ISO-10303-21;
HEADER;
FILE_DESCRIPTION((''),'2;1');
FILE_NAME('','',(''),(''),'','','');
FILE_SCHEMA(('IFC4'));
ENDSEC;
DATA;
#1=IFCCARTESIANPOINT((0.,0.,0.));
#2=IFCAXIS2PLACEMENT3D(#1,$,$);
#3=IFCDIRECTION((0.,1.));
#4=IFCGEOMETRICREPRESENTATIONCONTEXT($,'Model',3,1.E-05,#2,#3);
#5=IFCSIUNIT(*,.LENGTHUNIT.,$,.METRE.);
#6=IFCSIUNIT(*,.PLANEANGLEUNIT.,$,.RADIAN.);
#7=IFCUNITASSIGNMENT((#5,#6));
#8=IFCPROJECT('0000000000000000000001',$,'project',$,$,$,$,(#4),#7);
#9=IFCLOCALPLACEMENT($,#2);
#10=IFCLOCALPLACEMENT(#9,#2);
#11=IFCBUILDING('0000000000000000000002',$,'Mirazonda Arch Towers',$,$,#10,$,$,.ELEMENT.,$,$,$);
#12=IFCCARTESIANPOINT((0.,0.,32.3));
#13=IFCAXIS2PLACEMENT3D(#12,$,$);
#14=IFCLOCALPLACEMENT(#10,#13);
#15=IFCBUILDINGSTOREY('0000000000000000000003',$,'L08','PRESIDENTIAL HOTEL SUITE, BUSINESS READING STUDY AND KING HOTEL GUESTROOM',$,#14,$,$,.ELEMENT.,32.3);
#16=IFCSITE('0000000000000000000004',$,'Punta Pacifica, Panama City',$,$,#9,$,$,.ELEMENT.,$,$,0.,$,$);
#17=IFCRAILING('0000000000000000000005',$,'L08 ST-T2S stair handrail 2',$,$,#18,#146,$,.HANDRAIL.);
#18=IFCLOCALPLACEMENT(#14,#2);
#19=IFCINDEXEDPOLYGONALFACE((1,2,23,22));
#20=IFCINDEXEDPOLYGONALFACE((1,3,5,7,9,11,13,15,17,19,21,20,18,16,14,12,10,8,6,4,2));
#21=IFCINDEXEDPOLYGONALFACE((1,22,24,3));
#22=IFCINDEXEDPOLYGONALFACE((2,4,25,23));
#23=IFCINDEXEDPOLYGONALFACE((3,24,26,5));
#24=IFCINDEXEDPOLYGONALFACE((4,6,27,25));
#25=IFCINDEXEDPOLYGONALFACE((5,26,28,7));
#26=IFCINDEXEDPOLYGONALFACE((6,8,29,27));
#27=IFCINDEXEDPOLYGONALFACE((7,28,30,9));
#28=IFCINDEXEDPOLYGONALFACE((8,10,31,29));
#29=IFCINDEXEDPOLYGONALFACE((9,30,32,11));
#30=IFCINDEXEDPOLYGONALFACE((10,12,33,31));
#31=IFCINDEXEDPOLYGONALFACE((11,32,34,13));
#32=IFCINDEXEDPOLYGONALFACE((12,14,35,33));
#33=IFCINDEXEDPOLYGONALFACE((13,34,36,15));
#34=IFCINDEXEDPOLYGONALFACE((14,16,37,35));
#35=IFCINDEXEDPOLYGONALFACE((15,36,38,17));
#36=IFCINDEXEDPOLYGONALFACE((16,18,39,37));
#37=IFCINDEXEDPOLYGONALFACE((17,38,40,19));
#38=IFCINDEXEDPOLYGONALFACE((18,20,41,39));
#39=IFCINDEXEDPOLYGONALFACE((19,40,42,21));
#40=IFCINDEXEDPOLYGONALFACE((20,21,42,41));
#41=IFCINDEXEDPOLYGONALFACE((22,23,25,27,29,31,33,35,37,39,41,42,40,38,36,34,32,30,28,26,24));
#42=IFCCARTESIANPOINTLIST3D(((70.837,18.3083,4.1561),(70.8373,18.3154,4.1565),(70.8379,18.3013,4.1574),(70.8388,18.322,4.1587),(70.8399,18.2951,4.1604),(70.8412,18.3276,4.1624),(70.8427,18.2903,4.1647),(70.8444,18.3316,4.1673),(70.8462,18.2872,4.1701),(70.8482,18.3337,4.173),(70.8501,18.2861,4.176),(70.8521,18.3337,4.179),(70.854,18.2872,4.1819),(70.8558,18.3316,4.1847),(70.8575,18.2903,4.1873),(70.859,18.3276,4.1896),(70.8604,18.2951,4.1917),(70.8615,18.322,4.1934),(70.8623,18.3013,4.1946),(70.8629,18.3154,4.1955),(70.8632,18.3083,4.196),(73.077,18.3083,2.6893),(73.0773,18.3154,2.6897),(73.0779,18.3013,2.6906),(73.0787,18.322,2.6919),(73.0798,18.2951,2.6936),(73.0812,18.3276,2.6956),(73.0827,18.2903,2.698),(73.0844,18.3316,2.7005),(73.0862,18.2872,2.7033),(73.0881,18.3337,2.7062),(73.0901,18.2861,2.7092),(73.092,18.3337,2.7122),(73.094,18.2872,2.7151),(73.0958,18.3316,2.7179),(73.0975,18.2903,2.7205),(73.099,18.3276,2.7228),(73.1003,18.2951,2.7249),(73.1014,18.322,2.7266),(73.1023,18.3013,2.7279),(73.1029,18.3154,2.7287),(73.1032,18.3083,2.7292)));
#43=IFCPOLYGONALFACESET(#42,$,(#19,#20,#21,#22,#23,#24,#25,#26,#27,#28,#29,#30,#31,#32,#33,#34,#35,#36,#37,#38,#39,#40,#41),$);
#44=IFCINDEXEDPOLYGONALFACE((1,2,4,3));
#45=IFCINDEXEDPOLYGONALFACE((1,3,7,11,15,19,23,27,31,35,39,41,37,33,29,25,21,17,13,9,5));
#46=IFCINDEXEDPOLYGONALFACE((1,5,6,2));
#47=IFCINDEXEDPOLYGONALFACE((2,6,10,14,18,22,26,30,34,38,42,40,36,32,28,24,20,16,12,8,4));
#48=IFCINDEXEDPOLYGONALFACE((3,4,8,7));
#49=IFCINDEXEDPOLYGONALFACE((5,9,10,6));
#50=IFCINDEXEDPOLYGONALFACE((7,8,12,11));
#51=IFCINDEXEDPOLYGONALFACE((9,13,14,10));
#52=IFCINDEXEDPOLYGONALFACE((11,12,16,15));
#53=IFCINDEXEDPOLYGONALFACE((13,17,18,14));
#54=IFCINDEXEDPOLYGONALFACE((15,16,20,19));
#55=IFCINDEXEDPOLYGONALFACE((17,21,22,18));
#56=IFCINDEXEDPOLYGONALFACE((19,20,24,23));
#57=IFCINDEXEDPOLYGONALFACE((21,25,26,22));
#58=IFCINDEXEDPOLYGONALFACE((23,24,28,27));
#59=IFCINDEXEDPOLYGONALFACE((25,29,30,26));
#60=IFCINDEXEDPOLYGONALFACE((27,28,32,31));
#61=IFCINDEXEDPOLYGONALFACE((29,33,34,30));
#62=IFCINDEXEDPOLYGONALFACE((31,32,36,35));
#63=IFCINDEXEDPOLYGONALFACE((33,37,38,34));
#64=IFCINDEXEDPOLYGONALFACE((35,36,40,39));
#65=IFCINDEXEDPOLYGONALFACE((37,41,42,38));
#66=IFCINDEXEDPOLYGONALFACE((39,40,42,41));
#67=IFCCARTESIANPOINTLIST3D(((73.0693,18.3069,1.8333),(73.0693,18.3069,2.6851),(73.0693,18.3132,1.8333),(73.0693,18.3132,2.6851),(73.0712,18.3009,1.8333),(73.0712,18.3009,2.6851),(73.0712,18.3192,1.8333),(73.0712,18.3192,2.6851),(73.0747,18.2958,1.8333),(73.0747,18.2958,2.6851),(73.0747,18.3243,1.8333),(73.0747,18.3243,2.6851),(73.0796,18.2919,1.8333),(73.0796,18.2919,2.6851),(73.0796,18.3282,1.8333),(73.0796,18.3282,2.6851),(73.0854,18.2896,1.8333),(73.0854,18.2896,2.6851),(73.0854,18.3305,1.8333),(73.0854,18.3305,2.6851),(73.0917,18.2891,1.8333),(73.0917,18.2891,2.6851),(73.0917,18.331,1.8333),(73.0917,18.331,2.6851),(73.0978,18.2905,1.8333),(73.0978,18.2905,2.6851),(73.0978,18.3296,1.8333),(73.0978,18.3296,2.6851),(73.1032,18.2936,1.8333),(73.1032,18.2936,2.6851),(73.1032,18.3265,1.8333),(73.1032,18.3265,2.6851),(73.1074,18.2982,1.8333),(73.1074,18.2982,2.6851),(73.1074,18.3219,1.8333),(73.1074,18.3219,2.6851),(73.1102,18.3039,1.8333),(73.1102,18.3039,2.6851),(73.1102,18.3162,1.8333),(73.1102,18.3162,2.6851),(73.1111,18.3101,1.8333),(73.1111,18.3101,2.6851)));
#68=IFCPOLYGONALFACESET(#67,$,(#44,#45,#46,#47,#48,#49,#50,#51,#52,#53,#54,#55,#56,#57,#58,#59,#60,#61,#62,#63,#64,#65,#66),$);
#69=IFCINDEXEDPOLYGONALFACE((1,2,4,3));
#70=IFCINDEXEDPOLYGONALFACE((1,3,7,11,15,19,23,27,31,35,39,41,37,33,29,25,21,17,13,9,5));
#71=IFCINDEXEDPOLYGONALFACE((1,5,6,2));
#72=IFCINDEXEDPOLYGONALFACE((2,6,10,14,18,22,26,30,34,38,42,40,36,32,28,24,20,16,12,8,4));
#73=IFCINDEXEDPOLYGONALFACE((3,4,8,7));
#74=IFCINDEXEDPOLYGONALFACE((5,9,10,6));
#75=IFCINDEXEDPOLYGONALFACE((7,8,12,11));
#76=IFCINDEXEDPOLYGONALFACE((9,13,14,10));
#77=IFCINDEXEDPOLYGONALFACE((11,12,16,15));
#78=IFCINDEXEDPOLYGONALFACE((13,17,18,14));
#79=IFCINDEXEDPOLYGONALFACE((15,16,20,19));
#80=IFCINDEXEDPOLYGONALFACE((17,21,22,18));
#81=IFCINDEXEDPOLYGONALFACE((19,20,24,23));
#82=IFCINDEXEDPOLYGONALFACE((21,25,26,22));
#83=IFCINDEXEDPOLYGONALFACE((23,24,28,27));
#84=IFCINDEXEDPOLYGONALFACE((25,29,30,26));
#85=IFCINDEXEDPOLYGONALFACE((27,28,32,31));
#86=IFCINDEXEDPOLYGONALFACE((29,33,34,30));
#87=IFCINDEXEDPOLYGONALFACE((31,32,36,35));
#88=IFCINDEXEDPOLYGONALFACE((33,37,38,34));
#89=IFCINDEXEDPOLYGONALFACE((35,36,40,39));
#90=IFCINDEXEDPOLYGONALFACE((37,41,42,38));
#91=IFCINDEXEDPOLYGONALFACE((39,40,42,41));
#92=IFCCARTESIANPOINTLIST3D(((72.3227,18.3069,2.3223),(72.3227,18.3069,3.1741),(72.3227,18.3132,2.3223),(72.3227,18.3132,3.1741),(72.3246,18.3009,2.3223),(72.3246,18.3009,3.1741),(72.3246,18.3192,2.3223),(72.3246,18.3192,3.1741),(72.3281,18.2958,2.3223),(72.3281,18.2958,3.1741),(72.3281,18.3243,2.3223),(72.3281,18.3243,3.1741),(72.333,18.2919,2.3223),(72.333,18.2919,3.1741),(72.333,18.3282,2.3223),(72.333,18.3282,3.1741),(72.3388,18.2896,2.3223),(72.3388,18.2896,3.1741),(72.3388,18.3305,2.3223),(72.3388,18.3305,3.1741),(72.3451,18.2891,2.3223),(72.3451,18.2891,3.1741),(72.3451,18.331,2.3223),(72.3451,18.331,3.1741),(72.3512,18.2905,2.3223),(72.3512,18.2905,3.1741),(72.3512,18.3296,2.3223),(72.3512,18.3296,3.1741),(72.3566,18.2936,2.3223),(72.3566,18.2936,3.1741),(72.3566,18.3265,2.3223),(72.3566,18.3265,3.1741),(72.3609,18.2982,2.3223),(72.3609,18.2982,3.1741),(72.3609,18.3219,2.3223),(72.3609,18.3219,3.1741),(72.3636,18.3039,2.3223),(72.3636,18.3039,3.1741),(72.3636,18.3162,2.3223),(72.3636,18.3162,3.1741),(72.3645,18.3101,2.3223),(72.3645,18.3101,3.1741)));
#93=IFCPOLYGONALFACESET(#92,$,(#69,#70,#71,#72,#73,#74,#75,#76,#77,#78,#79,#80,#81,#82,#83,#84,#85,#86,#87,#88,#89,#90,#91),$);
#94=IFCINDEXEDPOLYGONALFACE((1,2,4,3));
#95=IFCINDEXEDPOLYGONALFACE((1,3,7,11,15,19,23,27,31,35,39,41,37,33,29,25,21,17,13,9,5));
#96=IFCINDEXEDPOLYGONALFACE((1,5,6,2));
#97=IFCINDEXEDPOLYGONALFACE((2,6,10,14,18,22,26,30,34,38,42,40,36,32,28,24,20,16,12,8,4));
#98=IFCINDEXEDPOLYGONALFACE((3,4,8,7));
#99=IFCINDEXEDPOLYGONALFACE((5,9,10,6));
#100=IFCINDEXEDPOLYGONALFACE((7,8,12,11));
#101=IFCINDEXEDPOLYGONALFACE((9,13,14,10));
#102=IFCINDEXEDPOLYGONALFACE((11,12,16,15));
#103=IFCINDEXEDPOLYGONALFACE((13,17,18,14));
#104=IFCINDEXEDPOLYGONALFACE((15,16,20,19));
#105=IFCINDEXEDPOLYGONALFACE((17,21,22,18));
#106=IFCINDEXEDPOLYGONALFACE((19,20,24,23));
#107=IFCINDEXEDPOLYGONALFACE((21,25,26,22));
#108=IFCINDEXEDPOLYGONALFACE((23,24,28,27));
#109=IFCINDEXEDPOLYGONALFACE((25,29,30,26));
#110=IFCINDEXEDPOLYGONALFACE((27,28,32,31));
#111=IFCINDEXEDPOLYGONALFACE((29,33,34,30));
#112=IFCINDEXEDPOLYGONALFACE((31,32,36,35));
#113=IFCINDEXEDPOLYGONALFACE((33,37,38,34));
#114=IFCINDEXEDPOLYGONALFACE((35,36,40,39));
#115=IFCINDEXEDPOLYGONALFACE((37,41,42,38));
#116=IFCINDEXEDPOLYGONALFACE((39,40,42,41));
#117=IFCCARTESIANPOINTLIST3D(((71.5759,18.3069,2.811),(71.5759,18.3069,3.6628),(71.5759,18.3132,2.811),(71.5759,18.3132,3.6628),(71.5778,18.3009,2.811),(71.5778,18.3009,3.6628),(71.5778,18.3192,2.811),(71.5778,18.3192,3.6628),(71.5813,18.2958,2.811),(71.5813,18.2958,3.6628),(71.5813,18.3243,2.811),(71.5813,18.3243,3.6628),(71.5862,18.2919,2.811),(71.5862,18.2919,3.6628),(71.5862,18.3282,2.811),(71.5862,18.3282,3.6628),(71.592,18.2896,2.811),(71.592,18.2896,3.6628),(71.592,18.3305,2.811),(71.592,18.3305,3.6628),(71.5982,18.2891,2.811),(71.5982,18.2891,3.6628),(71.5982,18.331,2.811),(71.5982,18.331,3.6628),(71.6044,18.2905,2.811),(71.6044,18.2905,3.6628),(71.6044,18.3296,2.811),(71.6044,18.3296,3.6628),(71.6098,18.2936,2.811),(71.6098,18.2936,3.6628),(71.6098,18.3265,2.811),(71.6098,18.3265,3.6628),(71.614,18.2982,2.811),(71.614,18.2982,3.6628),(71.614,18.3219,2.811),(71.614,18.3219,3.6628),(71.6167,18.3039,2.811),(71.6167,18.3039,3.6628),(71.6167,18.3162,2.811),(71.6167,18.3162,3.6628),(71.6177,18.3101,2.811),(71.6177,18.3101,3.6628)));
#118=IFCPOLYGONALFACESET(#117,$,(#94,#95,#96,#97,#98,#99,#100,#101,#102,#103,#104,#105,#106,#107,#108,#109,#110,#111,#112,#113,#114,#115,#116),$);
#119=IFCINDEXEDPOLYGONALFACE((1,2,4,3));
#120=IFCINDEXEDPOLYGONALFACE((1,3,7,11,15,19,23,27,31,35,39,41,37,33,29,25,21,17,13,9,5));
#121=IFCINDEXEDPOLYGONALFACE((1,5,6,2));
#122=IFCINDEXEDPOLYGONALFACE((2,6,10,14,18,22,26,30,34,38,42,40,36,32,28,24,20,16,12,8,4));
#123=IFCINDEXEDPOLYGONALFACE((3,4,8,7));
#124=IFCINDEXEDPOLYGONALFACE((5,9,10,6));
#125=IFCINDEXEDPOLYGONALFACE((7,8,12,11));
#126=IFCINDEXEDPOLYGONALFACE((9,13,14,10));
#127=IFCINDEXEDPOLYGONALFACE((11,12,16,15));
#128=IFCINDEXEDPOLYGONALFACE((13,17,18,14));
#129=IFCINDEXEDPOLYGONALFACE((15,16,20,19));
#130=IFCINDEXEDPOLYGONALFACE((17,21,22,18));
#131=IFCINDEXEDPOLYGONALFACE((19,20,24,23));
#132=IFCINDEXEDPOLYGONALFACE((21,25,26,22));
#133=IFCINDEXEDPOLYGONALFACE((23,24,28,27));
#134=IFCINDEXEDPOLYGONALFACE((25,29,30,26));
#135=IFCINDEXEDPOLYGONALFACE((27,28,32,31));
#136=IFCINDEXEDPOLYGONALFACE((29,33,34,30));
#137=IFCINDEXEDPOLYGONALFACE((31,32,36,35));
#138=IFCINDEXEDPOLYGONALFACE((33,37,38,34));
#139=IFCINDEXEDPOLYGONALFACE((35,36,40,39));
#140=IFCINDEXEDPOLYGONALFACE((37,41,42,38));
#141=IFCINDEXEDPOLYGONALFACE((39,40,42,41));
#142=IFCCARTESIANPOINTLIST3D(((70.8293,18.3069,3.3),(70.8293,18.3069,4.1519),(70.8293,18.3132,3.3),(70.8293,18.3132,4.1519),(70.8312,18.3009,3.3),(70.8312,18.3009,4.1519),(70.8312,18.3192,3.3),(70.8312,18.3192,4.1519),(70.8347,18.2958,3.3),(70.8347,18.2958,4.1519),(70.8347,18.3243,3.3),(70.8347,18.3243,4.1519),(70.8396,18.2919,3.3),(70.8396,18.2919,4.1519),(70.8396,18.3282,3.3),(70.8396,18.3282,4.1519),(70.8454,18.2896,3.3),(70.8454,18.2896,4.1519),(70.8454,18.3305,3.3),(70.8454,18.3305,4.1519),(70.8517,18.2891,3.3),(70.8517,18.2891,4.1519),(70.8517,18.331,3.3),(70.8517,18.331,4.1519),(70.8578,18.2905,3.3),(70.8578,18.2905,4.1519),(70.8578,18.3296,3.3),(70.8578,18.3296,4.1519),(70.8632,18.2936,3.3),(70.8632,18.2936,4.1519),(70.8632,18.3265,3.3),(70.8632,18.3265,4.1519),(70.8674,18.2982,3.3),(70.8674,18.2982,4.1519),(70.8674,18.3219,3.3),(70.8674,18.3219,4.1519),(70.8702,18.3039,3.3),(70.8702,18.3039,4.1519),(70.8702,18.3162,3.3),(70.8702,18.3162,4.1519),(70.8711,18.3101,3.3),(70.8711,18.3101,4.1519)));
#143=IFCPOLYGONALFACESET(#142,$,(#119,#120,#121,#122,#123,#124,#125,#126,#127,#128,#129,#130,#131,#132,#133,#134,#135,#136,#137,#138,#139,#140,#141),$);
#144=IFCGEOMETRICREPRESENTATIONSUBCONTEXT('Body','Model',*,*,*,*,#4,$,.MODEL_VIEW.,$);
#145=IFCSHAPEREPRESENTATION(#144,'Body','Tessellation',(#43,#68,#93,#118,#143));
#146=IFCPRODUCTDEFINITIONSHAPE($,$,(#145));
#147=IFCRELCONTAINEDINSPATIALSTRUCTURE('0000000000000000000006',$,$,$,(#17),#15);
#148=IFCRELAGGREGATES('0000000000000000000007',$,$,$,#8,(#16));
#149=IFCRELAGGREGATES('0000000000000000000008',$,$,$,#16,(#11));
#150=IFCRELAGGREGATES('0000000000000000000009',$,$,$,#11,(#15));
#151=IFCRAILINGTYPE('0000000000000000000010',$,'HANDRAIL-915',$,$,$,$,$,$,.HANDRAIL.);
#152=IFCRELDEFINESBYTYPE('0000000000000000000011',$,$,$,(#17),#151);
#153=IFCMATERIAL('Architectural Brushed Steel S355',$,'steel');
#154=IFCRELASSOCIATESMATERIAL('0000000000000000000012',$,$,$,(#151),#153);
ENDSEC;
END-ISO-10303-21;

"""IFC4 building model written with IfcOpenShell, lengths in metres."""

from ifc_helpers import new_model, si_unit, direction, frame, origin, origin_2d, place, context, subcontext, project, spatial, circle, extrude, material, type_object, element, save


model = new_model("IFC4")

# Units and contexts
model_context = context("Model", 3, precision=1e-05, world=origin(), true_north=direction((0.0, 1.0)))
body_context = subcontext(model_context, "Body", "Model", "MODEL_VIEW")
ifc_project = project(units=[si_unit("LENGTHUNIT", "METRE"), si_unit("PLANEANGLEUNIT", "RADIAN")], contexts=[model_context])

# Site, building, storey
site_placement = place(None, origin())
site = spatial("IfcSite", under=ifc_project, at=site_placement, Name="Punta Pacifica, Panama City", CompositionType="ELEMENT", RefElevation=0.0)
building_placement = place(site_placement, origin())
building = spatial("IfcBuilding", under=site, at=building_placement, Name="Mirazonda Arch Towers", CompositionType="ELEMENT")
storey_placement = place(building_placement, frame((0.0, 0.0, 32.3)))
storey = spatial("IfcBuildingStorey", under=building, at=storey_placement, Name="L08", Description="PRESIDENTIAL HOTEL SUITE, BUSINESS READING STUDY AND KING HOTEL GUESTROOM", CompositionType="ELEMENT", Elevation=32.3)

# Railing
ifc_material_1 = material(Name="Architectural Brushed Steel S355", Category="steel")
railing_type_1 = type_object("IfcRailingType", Name="HANDRAIL-915", PredefinedType="HANDRAIL", material=ifc_material_1)
railing_1_placement = place(storey_placement, frame((73.0901, 18.3101, 1.8333)))
element("IfcRailing", 1, at=railing_1_placement, inside=storey, type_object=railing_type_1, Name="L08 ST-T2S stair handrail 2", PredefinedType="HANDRAIL", context=body_context, shape_type="SweptSolid", body=[
    extrude(circle(Radius=0.0239, at=origin_2d()), frame((0.0, 0.0, 0.876), z_axis=(-0.836595, 0.0, 0.547822), x_axis=(0.0, -1.0, 0.0)), (0.0, 0.0, 1.0), 2.6775),
    extrude(circle(Radius=0.021, at=origin_2d()), origin(), (0.0, 0.0, 1.0), 0.8518),
    extrude(circle(Radius=0.021, at=origin_2d()), frame((-0.7466, 0.0, 0.489)), (0.0, 0.0, 1.0), 0.8518),
    extrude(circle(Radius=0.021, at=origin_2d()), frame((-1.4934, 0.0, 0.9778)), (0.0, 0.0, 1.0), 0.8518),
    extrude(circle(Radius=0.021, at=origin_2d()), frame((-2.24, 0.0, 1.4668)), (0.0, 0.0, 1.0), 0.8518),
])

save(model, "model.ifc")
